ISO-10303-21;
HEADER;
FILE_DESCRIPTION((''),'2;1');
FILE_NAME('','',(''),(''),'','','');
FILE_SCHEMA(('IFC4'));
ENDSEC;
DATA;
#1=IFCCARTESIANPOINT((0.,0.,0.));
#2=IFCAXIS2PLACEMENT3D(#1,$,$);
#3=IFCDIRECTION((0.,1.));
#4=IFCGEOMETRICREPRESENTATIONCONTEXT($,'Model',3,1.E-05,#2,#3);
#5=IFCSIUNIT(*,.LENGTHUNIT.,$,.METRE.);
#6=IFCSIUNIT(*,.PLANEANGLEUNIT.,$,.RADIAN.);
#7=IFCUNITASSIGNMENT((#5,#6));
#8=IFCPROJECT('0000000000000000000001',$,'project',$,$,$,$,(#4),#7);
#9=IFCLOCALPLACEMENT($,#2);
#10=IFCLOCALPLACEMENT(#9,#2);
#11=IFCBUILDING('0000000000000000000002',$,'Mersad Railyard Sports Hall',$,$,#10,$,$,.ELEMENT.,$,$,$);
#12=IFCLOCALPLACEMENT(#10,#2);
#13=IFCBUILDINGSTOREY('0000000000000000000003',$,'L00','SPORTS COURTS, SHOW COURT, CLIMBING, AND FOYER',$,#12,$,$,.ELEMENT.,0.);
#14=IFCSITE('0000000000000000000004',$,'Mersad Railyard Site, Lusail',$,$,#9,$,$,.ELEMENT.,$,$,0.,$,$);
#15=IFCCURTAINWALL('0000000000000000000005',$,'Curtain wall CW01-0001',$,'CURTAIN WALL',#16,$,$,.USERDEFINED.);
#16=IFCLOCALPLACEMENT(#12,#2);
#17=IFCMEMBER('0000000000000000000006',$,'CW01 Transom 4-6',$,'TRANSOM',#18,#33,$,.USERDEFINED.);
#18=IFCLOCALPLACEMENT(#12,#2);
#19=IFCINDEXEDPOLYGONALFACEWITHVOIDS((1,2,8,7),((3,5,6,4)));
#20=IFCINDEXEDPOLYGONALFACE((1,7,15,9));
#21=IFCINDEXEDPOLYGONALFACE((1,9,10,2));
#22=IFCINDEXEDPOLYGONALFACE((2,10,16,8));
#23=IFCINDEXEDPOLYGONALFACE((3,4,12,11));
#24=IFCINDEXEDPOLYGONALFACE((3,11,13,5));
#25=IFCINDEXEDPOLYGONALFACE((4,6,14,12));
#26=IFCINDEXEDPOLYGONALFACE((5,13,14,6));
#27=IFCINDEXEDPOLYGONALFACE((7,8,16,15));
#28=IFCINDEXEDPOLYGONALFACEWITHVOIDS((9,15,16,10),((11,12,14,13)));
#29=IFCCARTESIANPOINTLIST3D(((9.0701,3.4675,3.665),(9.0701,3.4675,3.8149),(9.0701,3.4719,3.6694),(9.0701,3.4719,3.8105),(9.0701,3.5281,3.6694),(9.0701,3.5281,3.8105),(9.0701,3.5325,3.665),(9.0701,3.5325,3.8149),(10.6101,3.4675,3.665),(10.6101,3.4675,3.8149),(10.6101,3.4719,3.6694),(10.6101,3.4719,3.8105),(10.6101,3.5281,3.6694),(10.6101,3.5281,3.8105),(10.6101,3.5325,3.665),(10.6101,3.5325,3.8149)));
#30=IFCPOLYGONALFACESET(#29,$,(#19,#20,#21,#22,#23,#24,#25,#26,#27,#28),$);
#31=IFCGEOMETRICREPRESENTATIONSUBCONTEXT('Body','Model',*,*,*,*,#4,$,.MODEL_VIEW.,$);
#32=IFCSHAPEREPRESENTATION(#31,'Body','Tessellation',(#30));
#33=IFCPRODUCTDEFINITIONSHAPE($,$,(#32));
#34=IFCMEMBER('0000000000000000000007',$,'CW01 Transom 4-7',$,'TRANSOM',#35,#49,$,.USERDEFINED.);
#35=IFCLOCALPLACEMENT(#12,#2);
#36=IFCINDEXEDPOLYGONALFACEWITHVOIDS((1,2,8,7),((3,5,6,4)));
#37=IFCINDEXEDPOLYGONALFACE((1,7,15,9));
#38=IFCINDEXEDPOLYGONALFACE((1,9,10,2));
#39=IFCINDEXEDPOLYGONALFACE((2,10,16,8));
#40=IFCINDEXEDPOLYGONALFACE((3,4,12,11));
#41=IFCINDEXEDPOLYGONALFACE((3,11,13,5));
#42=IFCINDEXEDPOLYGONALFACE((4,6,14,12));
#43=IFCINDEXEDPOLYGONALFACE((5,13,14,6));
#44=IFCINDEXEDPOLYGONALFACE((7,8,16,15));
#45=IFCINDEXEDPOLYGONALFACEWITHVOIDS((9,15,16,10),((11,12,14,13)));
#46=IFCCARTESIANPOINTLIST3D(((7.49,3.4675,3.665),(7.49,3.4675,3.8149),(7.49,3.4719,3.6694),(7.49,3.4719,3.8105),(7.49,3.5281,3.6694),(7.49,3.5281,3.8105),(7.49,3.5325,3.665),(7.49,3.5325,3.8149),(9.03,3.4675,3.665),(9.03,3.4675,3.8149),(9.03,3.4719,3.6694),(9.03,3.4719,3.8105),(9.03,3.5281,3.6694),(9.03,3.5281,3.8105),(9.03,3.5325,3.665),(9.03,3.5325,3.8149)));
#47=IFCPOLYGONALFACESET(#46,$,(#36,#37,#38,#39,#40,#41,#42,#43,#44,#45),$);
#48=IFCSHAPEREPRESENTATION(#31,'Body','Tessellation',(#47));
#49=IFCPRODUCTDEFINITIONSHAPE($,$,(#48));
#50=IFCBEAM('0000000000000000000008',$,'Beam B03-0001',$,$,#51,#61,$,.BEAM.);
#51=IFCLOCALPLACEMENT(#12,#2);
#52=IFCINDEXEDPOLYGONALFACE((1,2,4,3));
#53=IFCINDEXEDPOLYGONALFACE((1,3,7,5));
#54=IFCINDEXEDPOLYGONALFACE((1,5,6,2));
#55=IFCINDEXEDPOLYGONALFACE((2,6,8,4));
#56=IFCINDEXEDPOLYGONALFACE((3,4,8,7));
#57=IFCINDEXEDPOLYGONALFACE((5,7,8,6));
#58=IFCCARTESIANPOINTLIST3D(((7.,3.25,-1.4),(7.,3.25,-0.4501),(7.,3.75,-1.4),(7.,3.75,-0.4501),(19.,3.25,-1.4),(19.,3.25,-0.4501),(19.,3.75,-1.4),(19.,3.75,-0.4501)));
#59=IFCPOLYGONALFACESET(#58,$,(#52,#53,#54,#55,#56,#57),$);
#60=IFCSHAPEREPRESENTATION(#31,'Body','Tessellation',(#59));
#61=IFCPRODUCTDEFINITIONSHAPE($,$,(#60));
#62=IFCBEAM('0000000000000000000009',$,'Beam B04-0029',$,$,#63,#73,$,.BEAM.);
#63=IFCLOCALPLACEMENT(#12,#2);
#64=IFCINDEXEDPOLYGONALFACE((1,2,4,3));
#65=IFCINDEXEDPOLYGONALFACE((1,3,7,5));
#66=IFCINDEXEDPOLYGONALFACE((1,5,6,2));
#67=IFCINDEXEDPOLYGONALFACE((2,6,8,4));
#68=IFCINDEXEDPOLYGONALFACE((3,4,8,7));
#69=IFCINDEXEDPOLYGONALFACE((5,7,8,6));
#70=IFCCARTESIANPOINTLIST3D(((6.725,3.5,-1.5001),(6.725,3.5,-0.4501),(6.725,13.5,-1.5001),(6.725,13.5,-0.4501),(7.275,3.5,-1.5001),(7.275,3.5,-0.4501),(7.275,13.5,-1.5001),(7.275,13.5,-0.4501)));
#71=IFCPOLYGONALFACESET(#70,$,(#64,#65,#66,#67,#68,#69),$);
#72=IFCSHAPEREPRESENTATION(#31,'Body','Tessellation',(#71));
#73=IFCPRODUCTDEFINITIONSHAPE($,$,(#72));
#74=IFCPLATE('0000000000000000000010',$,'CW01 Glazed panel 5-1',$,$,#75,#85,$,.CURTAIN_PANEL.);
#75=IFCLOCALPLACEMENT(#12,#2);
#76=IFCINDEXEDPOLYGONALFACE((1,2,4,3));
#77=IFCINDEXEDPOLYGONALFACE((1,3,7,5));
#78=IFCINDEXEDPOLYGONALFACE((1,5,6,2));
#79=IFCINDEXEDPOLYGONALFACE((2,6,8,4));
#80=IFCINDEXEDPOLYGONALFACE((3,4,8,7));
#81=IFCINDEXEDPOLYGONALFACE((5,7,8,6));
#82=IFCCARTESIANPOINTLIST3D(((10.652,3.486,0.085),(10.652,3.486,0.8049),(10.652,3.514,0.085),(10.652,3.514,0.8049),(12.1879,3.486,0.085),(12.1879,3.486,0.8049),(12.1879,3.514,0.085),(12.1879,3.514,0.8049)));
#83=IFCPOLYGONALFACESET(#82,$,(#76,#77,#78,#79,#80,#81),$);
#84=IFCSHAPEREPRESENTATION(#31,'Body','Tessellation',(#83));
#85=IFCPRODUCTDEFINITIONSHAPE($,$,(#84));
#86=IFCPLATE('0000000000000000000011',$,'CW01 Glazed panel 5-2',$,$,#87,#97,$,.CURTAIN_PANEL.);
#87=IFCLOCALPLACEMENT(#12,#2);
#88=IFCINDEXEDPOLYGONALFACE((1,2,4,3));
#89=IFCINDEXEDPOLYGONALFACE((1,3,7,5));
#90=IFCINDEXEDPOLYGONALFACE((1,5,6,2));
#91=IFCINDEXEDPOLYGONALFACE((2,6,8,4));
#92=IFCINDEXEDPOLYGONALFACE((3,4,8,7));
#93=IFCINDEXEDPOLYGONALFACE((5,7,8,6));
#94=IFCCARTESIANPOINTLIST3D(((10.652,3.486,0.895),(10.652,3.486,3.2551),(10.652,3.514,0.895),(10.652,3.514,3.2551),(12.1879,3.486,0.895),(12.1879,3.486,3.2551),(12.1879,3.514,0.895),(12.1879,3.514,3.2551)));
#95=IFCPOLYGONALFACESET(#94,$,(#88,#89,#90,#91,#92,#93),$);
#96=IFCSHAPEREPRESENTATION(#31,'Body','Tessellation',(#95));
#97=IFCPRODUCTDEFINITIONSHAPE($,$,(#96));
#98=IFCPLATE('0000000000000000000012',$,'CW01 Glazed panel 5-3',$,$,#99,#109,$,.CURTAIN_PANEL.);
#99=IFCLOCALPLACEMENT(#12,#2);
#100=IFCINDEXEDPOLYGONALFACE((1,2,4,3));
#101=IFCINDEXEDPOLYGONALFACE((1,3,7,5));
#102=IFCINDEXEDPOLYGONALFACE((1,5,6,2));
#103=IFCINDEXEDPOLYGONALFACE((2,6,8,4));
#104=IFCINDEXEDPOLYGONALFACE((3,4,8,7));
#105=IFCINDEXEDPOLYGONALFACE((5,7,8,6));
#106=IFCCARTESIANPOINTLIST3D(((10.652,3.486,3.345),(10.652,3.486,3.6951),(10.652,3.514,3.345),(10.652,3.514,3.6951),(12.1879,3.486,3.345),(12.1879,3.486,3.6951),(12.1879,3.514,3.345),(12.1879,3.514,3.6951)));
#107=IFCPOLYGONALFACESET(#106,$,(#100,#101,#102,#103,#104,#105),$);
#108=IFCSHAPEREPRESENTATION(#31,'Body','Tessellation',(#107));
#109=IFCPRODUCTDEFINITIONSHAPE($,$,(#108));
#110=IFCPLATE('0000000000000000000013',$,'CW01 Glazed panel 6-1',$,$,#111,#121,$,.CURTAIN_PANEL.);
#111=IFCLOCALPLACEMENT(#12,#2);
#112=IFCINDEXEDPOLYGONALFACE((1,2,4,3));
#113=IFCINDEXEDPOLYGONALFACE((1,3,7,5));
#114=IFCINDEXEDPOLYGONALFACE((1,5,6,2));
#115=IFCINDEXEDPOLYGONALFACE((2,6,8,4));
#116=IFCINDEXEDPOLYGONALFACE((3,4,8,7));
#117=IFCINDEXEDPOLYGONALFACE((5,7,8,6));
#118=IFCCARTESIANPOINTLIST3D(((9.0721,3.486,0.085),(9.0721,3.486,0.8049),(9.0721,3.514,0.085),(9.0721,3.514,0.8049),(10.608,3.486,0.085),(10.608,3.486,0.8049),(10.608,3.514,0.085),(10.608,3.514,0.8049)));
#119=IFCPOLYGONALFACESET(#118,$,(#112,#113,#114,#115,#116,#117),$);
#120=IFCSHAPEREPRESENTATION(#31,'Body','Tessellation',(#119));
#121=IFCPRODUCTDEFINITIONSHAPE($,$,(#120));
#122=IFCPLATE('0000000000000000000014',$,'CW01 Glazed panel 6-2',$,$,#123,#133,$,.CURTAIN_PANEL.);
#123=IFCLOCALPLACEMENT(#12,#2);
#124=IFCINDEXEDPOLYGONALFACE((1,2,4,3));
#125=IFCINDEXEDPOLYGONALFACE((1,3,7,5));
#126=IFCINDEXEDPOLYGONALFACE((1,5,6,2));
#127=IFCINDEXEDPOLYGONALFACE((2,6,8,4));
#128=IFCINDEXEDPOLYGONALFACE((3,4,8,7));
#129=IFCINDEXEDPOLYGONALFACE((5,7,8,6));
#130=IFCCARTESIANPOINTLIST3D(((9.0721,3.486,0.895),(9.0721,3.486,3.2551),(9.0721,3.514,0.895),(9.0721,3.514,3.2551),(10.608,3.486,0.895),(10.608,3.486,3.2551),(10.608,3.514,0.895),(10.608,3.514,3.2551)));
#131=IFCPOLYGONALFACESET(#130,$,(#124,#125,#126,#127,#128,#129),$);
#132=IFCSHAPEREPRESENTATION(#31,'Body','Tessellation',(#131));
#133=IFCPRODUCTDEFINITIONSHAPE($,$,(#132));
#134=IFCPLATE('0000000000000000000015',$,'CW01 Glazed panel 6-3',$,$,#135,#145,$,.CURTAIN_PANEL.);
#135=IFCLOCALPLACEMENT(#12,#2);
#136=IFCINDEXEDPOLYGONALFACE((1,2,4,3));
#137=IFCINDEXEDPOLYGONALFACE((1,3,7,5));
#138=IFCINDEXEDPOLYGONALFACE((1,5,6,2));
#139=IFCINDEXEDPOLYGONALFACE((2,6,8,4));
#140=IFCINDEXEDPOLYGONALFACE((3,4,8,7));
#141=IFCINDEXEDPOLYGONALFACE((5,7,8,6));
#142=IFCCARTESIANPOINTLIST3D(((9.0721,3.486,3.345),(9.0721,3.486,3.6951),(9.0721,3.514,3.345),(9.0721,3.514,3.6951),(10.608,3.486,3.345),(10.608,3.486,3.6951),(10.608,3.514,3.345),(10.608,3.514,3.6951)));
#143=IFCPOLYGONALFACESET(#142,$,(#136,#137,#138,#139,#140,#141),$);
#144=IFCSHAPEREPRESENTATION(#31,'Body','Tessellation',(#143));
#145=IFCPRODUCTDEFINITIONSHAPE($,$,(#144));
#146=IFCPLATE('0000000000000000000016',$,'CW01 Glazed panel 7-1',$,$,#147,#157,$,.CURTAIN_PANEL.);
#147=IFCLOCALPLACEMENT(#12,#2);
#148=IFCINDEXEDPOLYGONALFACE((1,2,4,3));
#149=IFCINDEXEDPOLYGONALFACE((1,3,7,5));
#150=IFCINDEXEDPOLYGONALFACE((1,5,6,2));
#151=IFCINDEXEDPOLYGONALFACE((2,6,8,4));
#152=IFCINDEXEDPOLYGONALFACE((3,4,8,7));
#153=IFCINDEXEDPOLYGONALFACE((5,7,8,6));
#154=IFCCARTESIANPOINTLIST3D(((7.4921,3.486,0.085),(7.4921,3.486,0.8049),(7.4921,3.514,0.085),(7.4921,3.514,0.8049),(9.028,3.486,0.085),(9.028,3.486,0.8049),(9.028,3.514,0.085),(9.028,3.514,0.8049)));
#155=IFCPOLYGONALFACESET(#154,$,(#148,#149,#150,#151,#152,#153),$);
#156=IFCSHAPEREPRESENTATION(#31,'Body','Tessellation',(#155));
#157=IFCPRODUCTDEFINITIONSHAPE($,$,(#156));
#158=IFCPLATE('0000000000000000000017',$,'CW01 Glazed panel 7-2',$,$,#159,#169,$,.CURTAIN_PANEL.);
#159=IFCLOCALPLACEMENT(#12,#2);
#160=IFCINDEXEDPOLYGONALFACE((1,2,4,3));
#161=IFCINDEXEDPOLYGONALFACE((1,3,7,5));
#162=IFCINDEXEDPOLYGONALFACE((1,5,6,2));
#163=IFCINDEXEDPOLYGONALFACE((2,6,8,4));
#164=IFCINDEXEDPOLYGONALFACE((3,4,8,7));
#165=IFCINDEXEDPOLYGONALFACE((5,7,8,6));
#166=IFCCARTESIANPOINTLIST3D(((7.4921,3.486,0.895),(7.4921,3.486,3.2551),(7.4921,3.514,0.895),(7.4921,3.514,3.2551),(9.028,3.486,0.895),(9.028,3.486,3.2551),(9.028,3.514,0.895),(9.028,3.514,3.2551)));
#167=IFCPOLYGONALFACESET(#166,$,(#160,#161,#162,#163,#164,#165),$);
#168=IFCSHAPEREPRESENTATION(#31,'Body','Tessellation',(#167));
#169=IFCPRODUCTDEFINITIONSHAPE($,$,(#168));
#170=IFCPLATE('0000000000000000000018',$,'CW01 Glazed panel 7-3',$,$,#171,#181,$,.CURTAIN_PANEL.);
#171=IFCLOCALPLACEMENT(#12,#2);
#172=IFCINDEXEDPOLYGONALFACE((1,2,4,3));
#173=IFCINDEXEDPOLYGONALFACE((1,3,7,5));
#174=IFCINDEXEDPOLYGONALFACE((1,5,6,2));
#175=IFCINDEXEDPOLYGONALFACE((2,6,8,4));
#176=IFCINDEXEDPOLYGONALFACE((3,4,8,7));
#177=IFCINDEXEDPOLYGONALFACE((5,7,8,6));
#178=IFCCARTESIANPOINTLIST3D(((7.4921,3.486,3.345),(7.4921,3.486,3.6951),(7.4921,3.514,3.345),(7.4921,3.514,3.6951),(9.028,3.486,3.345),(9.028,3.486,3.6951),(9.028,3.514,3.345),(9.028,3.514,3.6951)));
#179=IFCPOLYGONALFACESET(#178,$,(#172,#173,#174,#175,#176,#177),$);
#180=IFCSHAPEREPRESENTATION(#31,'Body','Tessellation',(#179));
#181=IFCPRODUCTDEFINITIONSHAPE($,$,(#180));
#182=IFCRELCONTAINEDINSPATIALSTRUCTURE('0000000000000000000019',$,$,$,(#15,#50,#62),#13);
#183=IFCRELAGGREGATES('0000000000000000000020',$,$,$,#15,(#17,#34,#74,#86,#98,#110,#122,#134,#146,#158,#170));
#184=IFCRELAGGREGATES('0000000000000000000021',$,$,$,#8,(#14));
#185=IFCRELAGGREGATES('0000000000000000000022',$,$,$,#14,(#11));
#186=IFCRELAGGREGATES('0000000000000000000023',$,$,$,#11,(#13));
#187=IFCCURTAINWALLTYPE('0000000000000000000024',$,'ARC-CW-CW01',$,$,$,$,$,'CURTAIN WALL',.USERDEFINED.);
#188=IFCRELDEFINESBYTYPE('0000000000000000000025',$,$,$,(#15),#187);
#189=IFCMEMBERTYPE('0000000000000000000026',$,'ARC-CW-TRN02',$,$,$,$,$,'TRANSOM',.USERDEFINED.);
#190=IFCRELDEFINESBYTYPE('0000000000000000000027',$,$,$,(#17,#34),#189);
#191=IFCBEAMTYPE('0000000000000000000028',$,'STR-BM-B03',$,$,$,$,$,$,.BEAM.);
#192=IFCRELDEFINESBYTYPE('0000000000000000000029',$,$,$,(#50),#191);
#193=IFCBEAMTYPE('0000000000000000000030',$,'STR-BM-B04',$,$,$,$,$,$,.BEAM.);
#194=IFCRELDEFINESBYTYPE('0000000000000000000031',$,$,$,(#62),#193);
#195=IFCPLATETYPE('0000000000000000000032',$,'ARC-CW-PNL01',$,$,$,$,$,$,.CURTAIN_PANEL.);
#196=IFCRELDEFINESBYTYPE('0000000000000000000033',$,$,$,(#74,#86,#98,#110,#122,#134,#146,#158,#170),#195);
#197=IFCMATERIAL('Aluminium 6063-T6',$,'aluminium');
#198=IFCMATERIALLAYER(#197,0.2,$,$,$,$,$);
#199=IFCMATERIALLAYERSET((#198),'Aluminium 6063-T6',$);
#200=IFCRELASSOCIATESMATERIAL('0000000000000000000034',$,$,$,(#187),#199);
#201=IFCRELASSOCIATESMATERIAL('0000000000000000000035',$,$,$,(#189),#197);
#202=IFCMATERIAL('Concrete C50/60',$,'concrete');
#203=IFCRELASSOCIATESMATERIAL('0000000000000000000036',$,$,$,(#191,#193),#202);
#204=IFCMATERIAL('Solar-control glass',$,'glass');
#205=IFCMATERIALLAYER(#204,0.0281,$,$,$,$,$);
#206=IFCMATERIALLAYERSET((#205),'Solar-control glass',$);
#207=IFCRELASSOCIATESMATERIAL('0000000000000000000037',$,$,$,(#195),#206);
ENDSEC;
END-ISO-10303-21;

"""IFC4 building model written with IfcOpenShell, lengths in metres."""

from ifc_helpers import new_model, si_unit, direction, frame, origin, origin_2d, place, context, subcontext, project, spatial, rectangle, hollow_rectangle, extrude, material, layer, layer_set, material_profile, profile_set, type_object, element, aggregate, save


model = new_model("IFC4")

# Units and contexts
model_context = context("Model", 3, precision=1e-05, world=origin(), true_north=direction((0.0, 1.0)))
body_context = subcontext(model_context, "Body", "Model", "MODEL_VIEW")
ifc_project = project(units=[si_unit("LENGTHUNIT", "METRE"), si_unit("PLANEANGLEUNIT", "RADIAN")], contexts=[model_context])

# Site, building, storey
site_placement = place(None, origin())
site = spatial("IfcSite", under=ifc_project, at=site_placement, Name="Mersad Railyard Site, Lusail", CompositionType="ELEMENT", RefElevation=0.0)
building_placement = place(site_placement, origin())
building = spatial("IfcBuilding", under=site, at=building_placement, Name="Mersad Railyard Sports Hall", CompositionType="ELEMENT")
storey_placement = place(building_placement, origin())
storey = spatial("IfcBuildingStorey", under=building, at=storey_placement, Name="L00", Description="SPORTS COURTS, SHOW COURT, CLIMBING, AND FOYER", CompositionType="ELEMENT", Elevation=0.0)

# Curtain wall, members
ifc_material_1 = material(Name="Aluminium 6063-T6", Category="aluminium")
ifc_layer_1 = layer(ifc_material_1, 0.2)
ifc_layer_set_1 = layer_set([ifc_layer_1], Name="Aluminium 6063-T6")
curtain_wall_type = type_object("IfcCurtainWallType", Name="ARC-CW-CW01", ElementType="CURTAIN WALL", PredefinedType="USERDEFINED", material=ifc_layer_set_1)
curtain_wall_placement = place(storey_placement, origin())
curtain_wall = element("IfcCurtainWall", 1, at=curtain_wall_placement, inside=storey, type_object=curtain_wall_type, Name="Curtain wall CW01-0001", ObjectType="CURTAIN WALL", PredefinedType="USERDEFINED")
ifc_material_profile_1 = material_profile(ifc_material_1, hollow_rectangle(XDim=0.0649, YDim=0.1499, WallThickness=0.0044, at=origin_2d()), Name="AL TRANSOM 65x150x4.5")
ifc_profile_set_1 = profile_set([ifc_material_profile_1], Name="Aluminium 6063-T6")
member_type_1 = type_object("IfcMemberType", Name="ARC-CW-TRN02", ElementType="TRANSOM", PredefinedType="USERDEFINED", material=ifc_profile_set_1)
member_1_placement = place(storey_placement, frame((10.6101, 3.5, 3.74), z_axis=(-1.0, 0.0, 0.0), x_axis=(0.0, -1.0, 0.0)))
member_1 = element("IfcMember", 2, at=member_1_placement, type_object=member_type_1, Name="CW01 Transom 4-6", ObjectType="TRANSOM", PredefinedType="USERDEFINED", context=body_context, shape_type="SweptSolid", body=[
    extrude(hollow_rectangle(XDim=0.0649, YDim=0.1499, WallThickness=0.0044, at=origin_2d()), origin(), (0.0, 0.0, 1.0), 1.54),
])
member_2_placement = place(storey_placement, frame((9.03, 3.5, 3.74), z_axis=(-1.0, 0.0, 0.0), x_axis=(0.0, -1.0, 0.0)))
member_2 = element("IfcMember", 3, at=member_2_placement, type_object=member_type_1, Name="CW01 Transom 4-7", ObjectType="TRANSOM", PredefinedType="USERDEFINED", context=body_context, shape_type="SweptSolid", body=[
    extrude(hollow_rectangle(XDim=0.0649, YDim=0.1499, WallThickness=0.0044, at=origin_2d()), origin(), (0.0, 0.0, 1.0), 1.54),
])

# Beams
ifc_material_2 = material(Name="Concrete C50/60", Category="concrete")
ifc_material_profile_2 = material_profile(ifc_material_2, rectangle(XDim=0.5, YDim=0.95, at=origin_2d()), Name="RC 500x950")
ifc_profile_set_2 = profile_set([ifc_material_profile_2], Name="Concrete C50/60")
beam_type_1 = type_object("IfcBeamType", Name="STR-BM-B03", PredefinedType="BEAM", material=ifc_profile_set_2)
beam_1_placement = place(storey_placement, frame((7.0, 3.5, -0.925), z_axis=(1.0, 0.0, 0.0), x_axis=(0.0, 1.0, 0.0)))
element("IfcBeam", 4, at=beam_1_placement, inside=storey, type_object=beam_type_1, Name="Beam B03-0001", PredefinedType="BEAM", context=body_context, shape_type="SweptSolid", body=[
    extrude(rectangle(XDim=0.5, YDim=0.95, at=origin_2d()), origin(), (0.0, 0.0, 1.0), 12.0),
])
ifc_material_profile_3 = material_profile(ifc_material_2, rectangle(XDim=0.55, YDim=1.05, at=origin_2d()), Name="RC 550x1050")
ifc_profile_set_3 = profile_set([ifc_material_profile_3], Name="Concrete C50/60")
beam_type_2 = type_object("IfcBeamType", Name="STR-BM-B04", PredefinedType="BEAM", material=ifc_profile_set_3)
beam_2_placement = place(storey_placement, frame((7.0, 3.5, -0.9751), z_axis=(0.0, 1.0, 0.0), x_axis=(-1.0, 0.0, 0.0)))
element("IfcBeam", 5, at=beam_2_placement, inside=storey, type_object=beam_type_2, Name="Beam B04-0029", PredefinedType="BEAM", context=body_context, shape_type="SweptSolid", body=[
    extrude(rectangle(XDim=0.55, YDim=1.05, at=origin_2d()), origin(), (0.0, 0.0, 1.0), 10.0),
])

# Plates
ifc_material_3 = material(Name="Solar-control glass", Category="glass")
ifc_layer_2 = layer(ifc_material_3, 0.0281)
ifc_layer_set_2 = layer_set([ifc_layer_2], Name="Solar-control glass")
plate_type = type_object("IfcPlateType", Name="ARC-CW-PNL01", PredefinedType="CURTAIN_PANEL", material=ifc_layer_set_2)
plate_1_placement = place(storey_placement, frame((11.4199, 3.5, 0.085), z_axis=(0.0, 0.0, 1.0), x_axis=(-1.0, 0.0, 0.0)))
plate_1 = element("IfcPlate", 6, at=plate_1_placement, type_object=plate_type, Name="CW01 Glazed panel 5-1", PredefinedType="CURTAIN_PANEL", context=body_context, shape_type="SweptSolid", body=[
    extrude(rectangle(XDim=1.5359, YDim=0.0281, at=origin_2d()), origin(), (0.0, 0.0, 1.0), 0.72),
])
plate_2_placement = place(storey_placement, frame((11.4199, 3.5, 0.895), z_axis=(0.0, 0.0, 1.0), x_axis=(-1.0, 0.0, 0.0)))
plate_2 = element("IfcPlate", 7, at=plate_2_placement, type_object=plate_type, Name="CW01 Glazed panel 5-2", PredefinedType="CURTAIN_PANEL", context=body_context, shape_type="SweptSolid", body=[
    extrude(rectangle(XDim=1.5359, YDim=0.0281, at=origin_2d()), origin(), (0.0, 0.0, 1.0), 2.3601),
])
plate_3_placement = place(storey_placement, frame((11.4199, 3.5, 3.345), z_axis=(0.0, 0.0, 1.0), x_axis=(-1.0, 0.0, 0.0)))
plate_3 = element("IfcPlate", 8, at=plate_3_placement, type_object=plate_type, Name="CW01 Glazed panel 5-3", PredefinedType="CURTAIN_PANEL", context=body_context, shape_type="SweptSolid", body=[
    extrude(rectangle(XDim=1.5359, YDim=0.0281, at=origin_2d()), origin(), (0.0, 0.0, 1.0), 0.3501),
])
plate_4_placement = place(storey_placement, frame((9.8401, 3.5, 0.085), z_axis=(0.0, 0.0, 1.0), x_axis=(-1.0, 0.0, 0.0)))
plate_4 = element("IfcPlate", 9, at=plate_4_placement, type_object=plate_type, Name="CW01 Glazed panel 6-1", PredefinedType="CURTAIN_PANEL", context=body_context, shape_type="SweptSolid", body=[
    extrude(rectangle(XDim=1.5359, YDim=0.0281, at=origin_2d()), origin(), (0.0, 0.0, 1.0), 0.72),
])
plate_5_placement = place(storey_placement, frame((9.8401, 3.5, 0.895), z_axis=(0.0, 0.0, 1.0), x_axis=(-1.0, 0.0, 0.0)))
plate_5 = element("IfcPlate", 10, at=plate_5_placement, type_object=plate_type, Name="CW01 Glazed panel 6-2", PredefinedType="CURTAIN_PANEL", context=body_context, shape_type="SweptSolid", body=[
    extrude(rectangle(XDim=1.5359, YDim=0.0281, at=origin_2d()), origin(), (0.0, 0.0, 1.0), 2.3601),
])
plate_6_placement = place(storey_placement, frame((9.8401, 3.5, 3.345), z_axis=(0.0, 0.0, 1.0), x_axis=(-1.0, 0.0, 0.0)))
plate_6 = element("IfcPlate", 11, at=plate_6_placement, type_object=plate_type, Name="CW01 Glazed panel 6-3", PredefinedType="CURTAIN_PANEL", context=body_context, shape_type="SweptSolid", body=[
    extrude(rectangle(XDim=1.5359, YDim=0.0281, at=origin_2d()), origin(), (0.0, 0.0, 1.0), 0.3501),
])
plate_7_placement = place(storey_placement, frame((8.26, 3.5, 0.085), z_axis=(0.0, 0.0, 1.0), x_axis=(-1.0, 0.0, 0.0)))
plate_7 = element("IfcPlate", 12, at=plate_7_placement, type_object=plate_type, Name="CW01 Glazed panel 7-1", PredefinedType="CURTAIN_PANEL", context=body_context, shape_type="SweptSolid", body=[
    extrude(rectangle(XDim=1.5359, YDim=0.0281, at=origin_2d()), origin(), (0.0, 0.0, 1.0), 0.72),
])
plate_8_placement = place(storey_placement, frame((8.26, 3.5, 0.895), z_axis=(0.0, 0.0, 1.0), x_axis=(-1.0, 0.0, 0.0)))
plate_8 = element("IfcPlate", 13, at=plate_8_placement, type_object=plate_type, Name="CW01 Glazed panel 7-2", PredefinedType="CURTAIN_PANEL", context=body_context, shape_type="SweptSolid", body=[
    extrude(rectangle(XDim=1.5359, YDim=0.0281, at=origin_2d()), origin(), (0.0, 0.0, 1.0), 2.3601),
])
plate_9_placement = place(storey_placement, frame((8.26, 3.5, 3.345), z_axis=(0.0, 0.0, 1.0), x_axis=(-1.0, 0.0, 0.0)))
plate_9 = element("IfcPlate", 14, at=plate_9_placement, type_object=plate_type, Name="CW01 Glazed panel 7-3", PredefinedType="CURTAIN_PANEL", context=body_context, shape_type="SweptSolid", body=[
    extrude(rectangle(XDim=1.5359, YDim=0.0281, at=origin_2d()), origin(), (0.0, 0.0, 1.0), 0.3501),
])
aggregate(curtain_wall, [member_1, member_2, plate_1, plate_2, plate_3, plate_4, plate_5, plate_6, plate_7, plate_8, plate_9])

save(model, "model.ifc")
